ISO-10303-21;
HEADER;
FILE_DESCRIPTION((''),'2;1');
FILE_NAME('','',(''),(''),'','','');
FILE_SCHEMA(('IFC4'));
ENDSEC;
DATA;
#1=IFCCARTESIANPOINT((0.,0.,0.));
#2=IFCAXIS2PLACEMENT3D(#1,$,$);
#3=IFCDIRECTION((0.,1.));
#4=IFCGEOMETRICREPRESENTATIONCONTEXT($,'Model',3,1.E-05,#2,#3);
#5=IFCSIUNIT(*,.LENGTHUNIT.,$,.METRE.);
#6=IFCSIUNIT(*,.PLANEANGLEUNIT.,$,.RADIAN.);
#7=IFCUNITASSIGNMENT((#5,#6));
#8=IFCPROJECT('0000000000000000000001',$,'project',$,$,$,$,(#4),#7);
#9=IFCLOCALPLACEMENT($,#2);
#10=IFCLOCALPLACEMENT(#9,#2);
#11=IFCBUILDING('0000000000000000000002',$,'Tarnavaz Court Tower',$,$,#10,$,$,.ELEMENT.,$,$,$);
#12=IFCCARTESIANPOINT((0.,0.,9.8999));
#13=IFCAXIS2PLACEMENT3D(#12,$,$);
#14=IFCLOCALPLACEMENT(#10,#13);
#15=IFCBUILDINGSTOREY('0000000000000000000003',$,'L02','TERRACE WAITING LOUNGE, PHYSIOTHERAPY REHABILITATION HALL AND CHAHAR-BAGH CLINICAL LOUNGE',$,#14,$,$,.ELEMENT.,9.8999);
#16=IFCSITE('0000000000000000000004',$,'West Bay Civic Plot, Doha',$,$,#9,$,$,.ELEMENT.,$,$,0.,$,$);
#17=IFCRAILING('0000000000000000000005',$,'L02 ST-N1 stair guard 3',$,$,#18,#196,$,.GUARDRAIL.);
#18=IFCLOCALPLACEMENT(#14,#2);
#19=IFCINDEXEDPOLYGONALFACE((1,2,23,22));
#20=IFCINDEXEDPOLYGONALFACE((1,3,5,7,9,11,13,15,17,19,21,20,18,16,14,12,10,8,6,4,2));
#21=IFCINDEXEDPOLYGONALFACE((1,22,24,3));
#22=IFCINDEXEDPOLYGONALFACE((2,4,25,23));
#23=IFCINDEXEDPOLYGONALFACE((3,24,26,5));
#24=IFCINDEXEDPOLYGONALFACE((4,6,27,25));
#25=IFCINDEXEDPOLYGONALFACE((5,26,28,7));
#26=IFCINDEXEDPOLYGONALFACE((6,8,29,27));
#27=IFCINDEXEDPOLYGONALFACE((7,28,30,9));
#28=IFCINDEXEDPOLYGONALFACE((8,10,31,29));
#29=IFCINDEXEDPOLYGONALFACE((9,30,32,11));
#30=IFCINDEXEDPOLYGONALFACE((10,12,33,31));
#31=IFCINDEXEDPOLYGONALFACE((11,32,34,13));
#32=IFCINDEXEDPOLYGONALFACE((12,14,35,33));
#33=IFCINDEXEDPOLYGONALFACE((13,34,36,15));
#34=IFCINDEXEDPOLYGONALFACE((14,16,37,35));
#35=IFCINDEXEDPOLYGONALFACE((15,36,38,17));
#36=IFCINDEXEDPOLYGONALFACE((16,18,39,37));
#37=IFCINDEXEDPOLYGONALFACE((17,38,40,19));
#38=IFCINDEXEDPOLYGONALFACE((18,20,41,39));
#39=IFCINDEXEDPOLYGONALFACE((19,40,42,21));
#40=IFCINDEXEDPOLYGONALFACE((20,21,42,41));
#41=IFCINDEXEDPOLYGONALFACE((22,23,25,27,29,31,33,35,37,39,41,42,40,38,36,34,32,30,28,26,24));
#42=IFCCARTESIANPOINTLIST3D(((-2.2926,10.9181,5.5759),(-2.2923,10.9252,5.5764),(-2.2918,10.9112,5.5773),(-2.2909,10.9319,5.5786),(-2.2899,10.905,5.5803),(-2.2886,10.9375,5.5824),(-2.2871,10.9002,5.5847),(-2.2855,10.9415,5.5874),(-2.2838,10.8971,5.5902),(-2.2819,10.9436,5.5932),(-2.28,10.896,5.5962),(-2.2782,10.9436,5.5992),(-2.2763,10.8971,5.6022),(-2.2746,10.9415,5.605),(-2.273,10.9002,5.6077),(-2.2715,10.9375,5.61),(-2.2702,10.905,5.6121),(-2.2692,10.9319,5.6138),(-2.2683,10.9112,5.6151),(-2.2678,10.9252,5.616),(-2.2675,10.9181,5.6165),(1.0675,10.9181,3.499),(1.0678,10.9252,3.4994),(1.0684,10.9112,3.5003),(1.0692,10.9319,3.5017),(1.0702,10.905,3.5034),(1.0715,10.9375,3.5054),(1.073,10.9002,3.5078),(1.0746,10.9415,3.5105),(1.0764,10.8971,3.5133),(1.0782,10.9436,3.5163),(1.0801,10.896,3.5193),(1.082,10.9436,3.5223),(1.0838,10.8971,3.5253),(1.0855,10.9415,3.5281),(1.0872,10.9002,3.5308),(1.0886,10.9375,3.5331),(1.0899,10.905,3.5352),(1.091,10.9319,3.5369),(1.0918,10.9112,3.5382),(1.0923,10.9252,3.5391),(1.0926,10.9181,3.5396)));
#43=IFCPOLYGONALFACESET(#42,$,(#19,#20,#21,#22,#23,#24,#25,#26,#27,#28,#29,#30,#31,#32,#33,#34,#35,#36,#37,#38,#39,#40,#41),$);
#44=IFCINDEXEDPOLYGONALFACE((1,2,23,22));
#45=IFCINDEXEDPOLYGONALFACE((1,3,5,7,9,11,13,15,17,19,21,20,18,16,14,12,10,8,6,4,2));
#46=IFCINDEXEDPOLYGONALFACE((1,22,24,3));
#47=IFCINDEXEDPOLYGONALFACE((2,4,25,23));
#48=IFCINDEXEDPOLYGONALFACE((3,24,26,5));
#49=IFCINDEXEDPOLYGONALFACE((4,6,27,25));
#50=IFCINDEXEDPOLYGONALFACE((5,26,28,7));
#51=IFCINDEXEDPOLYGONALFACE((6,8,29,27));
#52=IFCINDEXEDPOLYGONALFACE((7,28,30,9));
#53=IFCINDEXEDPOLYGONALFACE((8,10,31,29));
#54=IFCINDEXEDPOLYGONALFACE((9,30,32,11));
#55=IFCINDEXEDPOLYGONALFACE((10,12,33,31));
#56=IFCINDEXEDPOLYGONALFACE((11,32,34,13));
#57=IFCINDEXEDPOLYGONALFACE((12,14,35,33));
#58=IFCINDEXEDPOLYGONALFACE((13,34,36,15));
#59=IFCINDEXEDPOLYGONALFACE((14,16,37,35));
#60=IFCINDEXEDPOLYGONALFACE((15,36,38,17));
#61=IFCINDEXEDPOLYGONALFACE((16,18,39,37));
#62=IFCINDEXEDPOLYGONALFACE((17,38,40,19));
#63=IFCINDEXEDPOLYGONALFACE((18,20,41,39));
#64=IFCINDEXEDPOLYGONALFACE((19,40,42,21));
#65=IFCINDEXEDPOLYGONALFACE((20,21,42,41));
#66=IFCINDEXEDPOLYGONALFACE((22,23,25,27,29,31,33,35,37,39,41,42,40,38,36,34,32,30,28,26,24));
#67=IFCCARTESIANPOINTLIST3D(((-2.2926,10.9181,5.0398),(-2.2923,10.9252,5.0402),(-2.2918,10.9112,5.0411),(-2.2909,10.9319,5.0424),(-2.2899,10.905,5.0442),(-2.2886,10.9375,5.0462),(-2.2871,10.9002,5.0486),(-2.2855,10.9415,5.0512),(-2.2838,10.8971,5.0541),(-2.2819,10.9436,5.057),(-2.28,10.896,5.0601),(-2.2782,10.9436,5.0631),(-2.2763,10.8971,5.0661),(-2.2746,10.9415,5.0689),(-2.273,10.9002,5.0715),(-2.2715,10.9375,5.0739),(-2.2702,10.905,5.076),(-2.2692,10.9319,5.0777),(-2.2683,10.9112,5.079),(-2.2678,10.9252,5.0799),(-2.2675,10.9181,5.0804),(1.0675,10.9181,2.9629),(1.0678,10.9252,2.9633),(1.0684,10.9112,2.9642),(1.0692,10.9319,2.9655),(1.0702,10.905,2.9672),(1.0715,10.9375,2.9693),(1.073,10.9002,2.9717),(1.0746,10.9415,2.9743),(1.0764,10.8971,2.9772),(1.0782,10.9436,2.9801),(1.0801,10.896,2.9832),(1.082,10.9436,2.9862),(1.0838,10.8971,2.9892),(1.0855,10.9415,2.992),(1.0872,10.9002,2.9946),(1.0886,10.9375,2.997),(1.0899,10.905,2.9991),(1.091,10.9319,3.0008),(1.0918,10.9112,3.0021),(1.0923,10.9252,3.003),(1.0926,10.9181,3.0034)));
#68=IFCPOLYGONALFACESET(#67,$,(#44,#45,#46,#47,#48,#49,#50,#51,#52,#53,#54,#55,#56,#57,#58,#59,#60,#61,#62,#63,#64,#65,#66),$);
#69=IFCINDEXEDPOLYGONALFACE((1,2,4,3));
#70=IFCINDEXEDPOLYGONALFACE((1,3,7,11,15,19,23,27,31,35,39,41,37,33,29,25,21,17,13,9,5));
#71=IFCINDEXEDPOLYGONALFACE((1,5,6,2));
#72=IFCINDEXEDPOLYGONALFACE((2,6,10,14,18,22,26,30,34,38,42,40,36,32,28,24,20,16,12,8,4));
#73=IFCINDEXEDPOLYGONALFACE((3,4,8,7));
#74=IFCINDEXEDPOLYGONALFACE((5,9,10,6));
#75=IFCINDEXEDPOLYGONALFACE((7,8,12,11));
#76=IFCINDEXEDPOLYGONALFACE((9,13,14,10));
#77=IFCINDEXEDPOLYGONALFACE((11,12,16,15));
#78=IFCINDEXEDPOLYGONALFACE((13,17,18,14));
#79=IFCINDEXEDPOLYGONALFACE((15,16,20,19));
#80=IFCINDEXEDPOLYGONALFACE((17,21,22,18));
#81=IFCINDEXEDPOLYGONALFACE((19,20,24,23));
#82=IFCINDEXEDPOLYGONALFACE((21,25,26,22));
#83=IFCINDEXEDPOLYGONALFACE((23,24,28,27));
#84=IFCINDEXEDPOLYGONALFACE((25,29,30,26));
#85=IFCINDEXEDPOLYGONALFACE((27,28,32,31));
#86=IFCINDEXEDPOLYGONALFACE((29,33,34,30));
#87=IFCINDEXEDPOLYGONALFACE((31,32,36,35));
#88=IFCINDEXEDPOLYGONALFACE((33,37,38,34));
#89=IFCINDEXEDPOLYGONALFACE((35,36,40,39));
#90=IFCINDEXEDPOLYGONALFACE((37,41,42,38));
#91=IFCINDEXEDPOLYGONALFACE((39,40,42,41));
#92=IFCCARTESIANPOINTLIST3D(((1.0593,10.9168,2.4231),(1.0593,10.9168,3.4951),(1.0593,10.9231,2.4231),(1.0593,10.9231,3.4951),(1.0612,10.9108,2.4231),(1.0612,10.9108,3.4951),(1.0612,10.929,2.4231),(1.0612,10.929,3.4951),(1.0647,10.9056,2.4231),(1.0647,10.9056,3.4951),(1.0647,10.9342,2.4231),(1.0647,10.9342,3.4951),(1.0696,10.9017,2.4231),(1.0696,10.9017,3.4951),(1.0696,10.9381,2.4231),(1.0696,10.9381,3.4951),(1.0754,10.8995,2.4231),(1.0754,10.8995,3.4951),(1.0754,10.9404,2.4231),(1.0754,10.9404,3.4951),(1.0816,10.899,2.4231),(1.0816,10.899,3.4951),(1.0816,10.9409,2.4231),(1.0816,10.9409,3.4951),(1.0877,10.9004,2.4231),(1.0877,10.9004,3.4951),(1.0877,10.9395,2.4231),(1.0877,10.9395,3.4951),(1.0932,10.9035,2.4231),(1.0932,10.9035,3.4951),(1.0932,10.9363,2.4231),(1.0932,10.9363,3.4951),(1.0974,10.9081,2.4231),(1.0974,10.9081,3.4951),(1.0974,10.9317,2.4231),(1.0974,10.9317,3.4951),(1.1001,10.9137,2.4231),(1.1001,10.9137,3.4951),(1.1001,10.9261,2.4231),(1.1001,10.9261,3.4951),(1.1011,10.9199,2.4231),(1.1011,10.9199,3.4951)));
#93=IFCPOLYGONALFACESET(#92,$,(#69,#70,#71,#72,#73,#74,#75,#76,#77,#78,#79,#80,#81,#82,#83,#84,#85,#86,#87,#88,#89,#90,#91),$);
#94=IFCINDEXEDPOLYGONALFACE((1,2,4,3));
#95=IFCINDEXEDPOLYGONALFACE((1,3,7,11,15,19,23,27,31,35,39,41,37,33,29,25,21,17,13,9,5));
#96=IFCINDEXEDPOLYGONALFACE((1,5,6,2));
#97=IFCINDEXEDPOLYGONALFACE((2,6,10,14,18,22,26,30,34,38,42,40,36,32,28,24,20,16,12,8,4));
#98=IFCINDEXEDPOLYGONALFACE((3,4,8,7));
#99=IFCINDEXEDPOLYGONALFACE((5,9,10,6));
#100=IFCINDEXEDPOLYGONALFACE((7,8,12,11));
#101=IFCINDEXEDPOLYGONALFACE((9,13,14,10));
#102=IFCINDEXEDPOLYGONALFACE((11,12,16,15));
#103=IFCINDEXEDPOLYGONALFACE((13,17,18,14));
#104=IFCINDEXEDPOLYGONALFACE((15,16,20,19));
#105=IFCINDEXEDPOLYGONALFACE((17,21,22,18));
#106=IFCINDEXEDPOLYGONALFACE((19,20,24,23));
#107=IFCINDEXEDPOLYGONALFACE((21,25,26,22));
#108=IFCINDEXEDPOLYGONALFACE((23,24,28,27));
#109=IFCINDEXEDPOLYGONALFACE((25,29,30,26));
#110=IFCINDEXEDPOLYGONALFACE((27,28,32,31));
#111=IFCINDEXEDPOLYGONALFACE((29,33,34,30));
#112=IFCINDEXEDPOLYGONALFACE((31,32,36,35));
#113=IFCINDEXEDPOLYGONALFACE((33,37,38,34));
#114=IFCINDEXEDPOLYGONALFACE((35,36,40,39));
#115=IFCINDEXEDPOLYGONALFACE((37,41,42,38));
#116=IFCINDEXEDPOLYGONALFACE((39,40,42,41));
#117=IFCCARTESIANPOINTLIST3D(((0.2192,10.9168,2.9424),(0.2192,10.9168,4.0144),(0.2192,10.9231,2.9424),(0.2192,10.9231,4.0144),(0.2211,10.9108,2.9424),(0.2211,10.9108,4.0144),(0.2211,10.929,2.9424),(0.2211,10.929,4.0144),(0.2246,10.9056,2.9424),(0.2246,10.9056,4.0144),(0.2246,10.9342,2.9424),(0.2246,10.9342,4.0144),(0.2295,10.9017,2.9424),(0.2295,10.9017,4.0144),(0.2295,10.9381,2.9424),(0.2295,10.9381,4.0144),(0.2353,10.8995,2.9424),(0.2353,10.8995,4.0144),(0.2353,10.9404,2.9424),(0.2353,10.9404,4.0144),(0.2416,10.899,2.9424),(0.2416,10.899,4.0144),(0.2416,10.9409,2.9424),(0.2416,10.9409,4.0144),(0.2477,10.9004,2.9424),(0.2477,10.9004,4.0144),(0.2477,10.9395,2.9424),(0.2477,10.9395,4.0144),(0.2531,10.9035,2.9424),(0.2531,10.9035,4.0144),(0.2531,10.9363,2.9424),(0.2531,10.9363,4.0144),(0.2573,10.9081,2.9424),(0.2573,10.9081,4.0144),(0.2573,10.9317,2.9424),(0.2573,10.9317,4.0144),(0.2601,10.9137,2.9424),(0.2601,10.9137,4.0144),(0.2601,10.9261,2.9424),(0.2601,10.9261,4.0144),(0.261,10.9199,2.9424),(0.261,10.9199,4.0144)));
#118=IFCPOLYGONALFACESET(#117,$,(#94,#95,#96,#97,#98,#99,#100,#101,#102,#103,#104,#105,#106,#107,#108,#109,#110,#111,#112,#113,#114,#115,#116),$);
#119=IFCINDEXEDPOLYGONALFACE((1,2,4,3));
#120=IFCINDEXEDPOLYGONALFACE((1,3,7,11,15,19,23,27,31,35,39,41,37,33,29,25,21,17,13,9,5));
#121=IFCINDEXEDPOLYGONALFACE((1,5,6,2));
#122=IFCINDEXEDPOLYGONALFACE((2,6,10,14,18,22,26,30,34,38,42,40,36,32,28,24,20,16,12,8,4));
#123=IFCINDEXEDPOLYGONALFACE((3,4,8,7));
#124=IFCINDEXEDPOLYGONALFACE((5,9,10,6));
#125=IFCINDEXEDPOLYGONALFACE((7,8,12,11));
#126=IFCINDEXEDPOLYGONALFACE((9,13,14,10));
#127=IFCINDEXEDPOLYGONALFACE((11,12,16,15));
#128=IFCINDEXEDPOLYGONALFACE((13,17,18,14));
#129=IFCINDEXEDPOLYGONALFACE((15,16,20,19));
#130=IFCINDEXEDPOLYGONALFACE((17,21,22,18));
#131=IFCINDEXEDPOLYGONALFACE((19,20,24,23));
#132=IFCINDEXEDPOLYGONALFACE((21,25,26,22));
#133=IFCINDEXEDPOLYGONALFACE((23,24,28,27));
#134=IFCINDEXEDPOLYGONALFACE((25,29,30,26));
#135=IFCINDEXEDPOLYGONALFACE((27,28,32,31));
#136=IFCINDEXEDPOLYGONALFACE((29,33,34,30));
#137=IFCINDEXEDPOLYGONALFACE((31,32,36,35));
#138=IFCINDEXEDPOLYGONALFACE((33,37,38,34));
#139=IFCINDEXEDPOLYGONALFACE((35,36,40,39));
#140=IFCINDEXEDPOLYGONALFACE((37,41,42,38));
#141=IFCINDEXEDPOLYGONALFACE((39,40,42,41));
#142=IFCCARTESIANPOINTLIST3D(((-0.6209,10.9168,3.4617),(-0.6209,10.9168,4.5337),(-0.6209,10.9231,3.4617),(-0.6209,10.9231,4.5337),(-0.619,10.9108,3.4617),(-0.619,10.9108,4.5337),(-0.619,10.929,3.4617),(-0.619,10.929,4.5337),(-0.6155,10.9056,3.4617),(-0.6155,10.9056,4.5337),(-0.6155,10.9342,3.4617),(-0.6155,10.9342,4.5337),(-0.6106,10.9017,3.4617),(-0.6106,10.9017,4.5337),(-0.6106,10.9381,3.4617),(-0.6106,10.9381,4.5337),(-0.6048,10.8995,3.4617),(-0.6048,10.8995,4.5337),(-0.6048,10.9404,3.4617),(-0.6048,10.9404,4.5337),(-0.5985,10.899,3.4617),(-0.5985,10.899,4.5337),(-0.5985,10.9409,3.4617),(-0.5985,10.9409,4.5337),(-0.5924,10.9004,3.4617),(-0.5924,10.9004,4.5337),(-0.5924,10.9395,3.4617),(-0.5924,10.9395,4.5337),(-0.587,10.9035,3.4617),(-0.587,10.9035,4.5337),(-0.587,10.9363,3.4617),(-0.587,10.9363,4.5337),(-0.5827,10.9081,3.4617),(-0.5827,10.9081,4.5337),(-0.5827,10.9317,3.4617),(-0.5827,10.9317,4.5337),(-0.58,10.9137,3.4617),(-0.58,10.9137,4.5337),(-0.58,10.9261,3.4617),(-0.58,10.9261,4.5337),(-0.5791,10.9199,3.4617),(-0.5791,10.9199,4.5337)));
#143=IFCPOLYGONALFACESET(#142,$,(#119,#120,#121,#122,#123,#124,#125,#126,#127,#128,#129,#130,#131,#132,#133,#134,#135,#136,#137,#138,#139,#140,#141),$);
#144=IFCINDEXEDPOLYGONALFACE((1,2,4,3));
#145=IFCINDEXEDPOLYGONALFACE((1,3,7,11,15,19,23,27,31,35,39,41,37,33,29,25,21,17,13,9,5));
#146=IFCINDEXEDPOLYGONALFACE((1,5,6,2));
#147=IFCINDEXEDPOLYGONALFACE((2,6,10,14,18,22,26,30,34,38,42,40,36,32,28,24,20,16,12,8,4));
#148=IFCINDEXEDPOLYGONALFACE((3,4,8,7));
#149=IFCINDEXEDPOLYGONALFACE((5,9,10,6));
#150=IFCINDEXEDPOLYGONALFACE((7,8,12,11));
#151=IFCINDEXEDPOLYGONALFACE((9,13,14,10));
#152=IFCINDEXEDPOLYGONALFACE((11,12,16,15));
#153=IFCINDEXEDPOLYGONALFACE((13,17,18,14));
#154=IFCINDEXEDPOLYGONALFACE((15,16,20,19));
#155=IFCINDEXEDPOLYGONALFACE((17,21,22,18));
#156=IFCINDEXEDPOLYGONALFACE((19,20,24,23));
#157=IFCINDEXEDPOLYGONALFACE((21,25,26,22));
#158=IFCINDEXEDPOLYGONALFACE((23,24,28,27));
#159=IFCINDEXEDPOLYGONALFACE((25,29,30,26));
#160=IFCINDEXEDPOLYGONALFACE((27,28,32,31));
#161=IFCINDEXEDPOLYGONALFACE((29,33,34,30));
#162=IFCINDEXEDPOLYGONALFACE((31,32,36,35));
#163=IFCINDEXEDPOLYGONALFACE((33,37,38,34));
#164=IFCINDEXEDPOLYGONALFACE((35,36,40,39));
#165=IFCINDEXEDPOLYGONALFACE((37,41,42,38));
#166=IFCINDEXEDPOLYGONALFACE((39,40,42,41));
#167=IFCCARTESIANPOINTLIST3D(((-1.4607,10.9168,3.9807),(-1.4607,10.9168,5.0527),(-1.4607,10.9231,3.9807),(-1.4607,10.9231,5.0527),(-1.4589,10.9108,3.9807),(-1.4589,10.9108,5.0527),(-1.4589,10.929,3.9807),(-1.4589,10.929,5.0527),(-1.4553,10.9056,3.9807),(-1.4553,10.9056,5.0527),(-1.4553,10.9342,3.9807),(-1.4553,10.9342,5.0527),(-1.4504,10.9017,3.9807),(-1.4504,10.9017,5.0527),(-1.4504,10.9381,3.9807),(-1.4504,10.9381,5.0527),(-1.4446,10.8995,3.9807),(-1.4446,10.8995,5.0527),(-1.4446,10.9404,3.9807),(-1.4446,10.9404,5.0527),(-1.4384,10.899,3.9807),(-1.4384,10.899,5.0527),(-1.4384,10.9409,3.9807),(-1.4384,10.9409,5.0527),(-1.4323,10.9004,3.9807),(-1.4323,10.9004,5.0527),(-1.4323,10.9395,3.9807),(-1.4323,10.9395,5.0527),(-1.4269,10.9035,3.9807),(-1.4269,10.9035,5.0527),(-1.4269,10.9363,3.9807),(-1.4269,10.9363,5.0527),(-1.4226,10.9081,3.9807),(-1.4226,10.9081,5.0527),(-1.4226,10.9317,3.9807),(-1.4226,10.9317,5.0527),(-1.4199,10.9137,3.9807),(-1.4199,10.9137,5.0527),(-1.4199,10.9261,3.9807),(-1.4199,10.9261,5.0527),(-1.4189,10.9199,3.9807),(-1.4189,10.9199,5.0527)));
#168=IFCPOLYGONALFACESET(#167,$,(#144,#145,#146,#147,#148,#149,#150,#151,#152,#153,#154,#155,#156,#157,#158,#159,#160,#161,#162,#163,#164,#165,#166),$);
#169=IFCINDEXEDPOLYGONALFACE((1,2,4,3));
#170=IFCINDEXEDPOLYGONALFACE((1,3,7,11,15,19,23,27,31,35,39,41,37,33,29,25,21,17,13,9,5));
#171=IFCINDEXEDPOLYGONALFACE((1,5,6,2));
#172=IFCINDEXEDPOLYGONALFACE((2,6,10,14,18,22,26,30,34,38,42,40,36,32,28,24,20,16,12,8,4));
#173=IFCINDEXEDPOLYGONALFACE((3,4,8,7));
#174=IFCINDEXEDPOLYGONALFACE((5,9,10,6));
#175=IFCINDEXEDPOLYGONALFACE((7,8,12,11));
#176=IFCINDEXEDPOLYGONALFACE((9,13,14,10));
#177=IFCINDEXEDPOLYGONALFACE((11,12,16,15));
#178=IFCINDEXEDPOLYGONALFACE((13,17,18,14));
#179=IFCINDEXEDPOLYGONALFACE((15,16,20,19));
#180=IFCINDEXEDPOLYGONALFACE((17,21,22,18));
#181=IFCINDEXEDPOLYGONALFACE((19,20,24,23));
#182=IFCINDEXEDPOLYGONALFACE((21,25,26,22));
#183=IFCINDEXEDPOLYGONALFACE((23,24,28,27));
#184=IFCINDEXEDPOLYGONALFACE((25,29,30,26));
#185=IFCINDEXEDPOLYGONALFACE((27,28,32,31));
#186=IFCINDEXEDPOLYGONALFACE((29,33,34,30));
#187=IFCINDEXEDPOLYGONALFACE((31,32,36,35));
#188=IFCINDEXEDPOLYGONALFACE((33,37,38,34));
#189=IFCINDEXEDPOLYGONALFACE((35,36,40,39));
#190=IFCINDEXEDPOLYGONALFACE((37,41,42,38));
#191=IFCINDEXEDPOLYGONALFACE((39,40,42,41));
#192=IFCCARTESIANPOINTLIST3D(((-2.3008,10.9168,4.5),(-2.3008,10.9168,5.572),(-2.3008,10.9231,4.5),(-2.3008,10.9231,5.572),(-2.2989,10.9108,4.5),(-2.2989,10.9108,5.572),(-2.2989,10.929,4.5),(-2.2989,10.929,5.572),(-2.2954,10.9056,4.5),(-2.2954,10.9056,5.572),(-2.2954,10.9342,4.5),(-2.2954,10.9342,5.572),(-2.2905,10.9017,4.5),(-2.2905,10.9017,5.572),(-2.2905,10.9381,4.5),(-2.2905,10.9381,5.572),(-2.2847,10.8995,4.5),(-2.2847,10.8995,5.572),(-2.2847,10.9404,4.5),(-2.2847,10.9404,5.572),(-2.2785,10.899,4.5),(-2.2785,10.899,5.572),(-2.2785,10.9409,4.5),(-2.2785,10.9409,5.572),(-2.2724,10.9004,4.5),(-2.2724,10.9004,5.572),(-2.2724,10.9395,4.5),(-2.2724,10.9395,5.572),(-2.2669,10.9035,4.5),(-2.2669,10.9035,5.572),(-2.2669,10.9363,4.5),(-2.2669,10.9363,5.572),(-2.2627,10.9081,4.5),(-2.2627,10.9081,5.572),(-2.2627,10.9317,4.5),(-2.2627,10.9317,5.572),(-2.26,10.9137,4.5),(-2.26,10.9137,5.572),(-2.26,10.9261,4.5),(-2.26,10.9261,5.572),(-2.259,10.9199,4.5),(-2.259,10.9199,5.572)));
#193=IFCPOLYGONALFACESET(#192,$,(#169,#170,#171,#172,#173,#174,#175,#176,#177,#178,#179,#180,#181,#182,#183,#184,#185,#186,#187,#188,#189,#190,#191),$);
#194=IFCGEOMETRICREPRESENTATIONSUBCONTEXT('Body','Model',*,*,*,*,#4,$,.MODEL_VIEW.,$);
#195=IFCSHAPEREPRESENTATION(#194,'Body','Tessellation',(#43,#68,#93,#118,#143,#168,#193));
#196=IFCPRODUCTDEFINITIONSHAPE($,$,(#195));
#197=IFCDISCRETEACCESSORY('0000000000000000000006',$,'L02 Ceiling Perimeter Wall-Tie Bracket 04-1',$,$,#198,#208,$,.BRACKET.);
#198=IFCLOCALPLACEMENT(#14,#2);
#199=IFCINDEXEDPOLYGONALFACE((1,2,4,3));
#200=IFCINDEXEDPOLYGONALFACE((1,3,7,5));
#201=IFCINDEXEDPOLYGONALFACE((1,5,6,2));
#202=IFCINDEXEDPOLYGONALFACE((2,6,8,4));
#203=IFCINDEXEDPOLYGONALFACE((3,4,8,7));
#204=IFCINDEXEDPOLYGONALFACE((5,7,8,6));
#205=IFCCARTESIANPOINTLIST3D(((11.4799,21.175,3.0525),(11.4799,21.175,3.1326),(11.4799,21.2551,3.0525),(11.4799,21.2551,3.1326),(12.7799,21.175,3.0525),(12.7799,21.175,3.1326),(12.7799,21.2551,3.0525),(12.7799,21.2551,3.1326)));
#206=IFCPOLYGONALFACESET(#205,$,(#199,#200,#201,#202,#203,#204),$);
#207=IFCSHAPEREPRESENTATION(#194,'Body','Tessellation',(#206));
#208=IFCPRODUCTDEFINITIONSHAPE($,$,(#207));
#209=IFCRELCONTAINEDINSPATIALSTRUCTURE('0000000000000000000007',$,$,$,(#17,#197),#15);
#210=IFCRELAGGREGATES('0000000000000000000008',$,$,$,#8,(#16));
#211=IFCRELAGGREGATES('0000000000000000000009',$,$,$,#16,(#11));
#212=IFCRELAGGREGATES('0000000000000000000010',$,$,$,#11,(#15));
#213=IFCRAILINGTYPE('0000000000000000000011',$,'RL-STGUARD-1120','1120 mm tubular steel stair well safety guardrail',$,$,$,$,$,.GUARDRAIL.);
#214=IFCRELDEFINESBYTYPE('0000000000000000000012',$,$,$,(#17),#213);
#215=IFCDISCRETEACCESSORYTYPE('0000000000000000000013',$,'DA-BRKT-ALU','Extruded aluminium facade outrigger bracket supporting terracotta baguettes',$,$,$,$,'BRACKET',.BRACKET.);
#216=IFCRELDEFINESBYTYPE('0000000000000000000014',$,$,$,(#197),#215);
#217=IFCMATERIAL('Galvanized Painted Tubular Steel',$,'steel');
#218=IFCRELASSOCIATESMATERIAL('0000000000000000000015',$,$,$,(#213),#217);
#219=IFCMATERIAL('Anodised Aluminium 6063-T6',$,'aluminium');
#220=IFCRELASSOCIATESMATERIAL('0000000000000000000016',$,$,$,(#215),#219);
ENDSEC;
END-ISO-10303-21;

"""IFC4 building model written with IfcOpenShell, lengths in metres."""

from ifc_helpers import new_model, si_unit, direction, frame, origin, origin_2d, place, context, subcontext, project, spatial, rectangle, circle, extrude, material, type_object, element, save


model = new_model("IFC4")

# Units and contexts
model_context = context("Model", 3, precision=1e-05, world=origin(), true_north=direction((0.0, 1.0)))
body_context = subcontext(model_context, "Body", "Model", "MODEL_VIEW")
ifc_project = project(units=[si_unit("LENGTHUNIT", "METRE"), si_unit("PLANEANGLEUNIT", "RADIAN")], contexts=[model_context])

# Site, building, storey
site_placement = place(None, origin())
site = spatial("IfcSite", under=ifc_project, at=site_placement, Name="West Bay Civic Plot, Doha", CompositionType="ELEMENT", RefElevation=0.0)
building_placement = place(site_placement, origin())
building = spatial("IfcBuilding", under=site, at=building_placement, Name="Tarnavaz Court Tower", CompositionType="ELEMENT")
storey_placement = place(building_placement, frame((0.0, 0.0, 9.8999)))
storey = spatial("IfcBuildingStorey", under=building, at=storey_placement, Name="L02", Description="TERRACE WAITING LOUNGE, PHYSIOTHERAPY REHABILITATION HALL AND CHAHAR-BAGH CLINICAL LOUNGE", CompositionType="ELEMENT", Elevation=9.8999)

# Shared definitions
ifc_material_1 = material(Name="Anodised Aluminium 6063-T6", Category="aluminium")

# Railing
ifc_material_2 = material(Name="Galvanized Painted Tubular Steel", Category="steel")
railing_type_1 = type_object("IfcRailingType", Name="RL-STGUARD-1120", Description="1120 mm tubular steel stair well safety guardrail", PredefinedType="GUARDRAIL", material=ifc_material_2)
railing_1_placement = place(storey_placement, frame((1.0801, 10.9199, 2.4231)))
element("IfcRailing", 1, at=railing_1_placement, inside=storey, type_object=railing_type_1, Name="L02 ST-N1 stair guard 3", PredefinedType="GUARDRAIL", context=body_context, shape_type="SweptSolid", body=[
    extrude(circle(Radius=0.0239, at=origin_2d()), frame((0.0, 0.0, 1.0962), z_axis=(-0.850623, 0.0, 0.525776), x_axis=(0.0, -1.0, 0.0)), (0.0, 0.0, 1.0), 3.9502),
    extrude(circle(Radius=0.0239, at=origin_2d()), frame((0.0, 0.0, 0.5601), z_axis=(-0.850623, 0.0, 0.525776), x_axis=(0.0, -1.0, 0.0)), (0.0, 0.0, 1.0), 3.9502),
    extrude(circle(Radius=0.021, at=origin_2d()), origin(), (0.0, 0.0, 1.0), 1.072),
    extrude(circle(Radius=0.021, at=origin_2d()), frame((-0.8401, 0.0, 0.5193)), (0.0, 0.0, 1.0), 1.072),
    extrude(circle(Radius=0.021, at=origin_2d()), frame((-1.6802, 0.0, 1.0386)), (0.0, 0.0, 1.0), 1.072),
    extrude(circle(Radius=0.021, at=origin_2d()), frame((-2.52, 0.0, 1.5576)), (0.0, 0.0, 1.0), 1.072),
    extrude(circle(Radius=0.021, at=origin_2d()), frame((-3.3601, 0.0, 2.0769)), (0.0, 0.0, 1.0), 1.072),
])

# Discrete accessory
discrete_accessory_type = type_object("IfcDiscreteAccessoryType", Name="DA-BRKT-ALU", Description="Extruded aluminium facade outrigger bracket supporting terracotta baguettes", ElementType="BRACKET", PredefinedType="BRACKET", material=ifc_material_1)
discrete_accessory_placement = place(storey_placement, frame((12.1299, 21.2151, 3.0525), z_axis=(0.0, 0.0, 1.0), x_axis=(1.0, 0.0, 0.0)))
element("IfcDiscreteAccessory", 2, at=discrete_accessory_placement, inside=storey, type_object=discrete_accessory_type, Name="L02 Ceiling Perimeter Wall-Tie Bracket 04-1", PredefinedType="BRACKET", context=body_context, shape_type="SweptSolid", body=[
    extrude(rectangle(XDim=1.3, YDim=0.0801, at=origin_2d()), origin(), (0.0, 0.0, 1.0), 0.0801),
])

save(model, "model.ifc")
